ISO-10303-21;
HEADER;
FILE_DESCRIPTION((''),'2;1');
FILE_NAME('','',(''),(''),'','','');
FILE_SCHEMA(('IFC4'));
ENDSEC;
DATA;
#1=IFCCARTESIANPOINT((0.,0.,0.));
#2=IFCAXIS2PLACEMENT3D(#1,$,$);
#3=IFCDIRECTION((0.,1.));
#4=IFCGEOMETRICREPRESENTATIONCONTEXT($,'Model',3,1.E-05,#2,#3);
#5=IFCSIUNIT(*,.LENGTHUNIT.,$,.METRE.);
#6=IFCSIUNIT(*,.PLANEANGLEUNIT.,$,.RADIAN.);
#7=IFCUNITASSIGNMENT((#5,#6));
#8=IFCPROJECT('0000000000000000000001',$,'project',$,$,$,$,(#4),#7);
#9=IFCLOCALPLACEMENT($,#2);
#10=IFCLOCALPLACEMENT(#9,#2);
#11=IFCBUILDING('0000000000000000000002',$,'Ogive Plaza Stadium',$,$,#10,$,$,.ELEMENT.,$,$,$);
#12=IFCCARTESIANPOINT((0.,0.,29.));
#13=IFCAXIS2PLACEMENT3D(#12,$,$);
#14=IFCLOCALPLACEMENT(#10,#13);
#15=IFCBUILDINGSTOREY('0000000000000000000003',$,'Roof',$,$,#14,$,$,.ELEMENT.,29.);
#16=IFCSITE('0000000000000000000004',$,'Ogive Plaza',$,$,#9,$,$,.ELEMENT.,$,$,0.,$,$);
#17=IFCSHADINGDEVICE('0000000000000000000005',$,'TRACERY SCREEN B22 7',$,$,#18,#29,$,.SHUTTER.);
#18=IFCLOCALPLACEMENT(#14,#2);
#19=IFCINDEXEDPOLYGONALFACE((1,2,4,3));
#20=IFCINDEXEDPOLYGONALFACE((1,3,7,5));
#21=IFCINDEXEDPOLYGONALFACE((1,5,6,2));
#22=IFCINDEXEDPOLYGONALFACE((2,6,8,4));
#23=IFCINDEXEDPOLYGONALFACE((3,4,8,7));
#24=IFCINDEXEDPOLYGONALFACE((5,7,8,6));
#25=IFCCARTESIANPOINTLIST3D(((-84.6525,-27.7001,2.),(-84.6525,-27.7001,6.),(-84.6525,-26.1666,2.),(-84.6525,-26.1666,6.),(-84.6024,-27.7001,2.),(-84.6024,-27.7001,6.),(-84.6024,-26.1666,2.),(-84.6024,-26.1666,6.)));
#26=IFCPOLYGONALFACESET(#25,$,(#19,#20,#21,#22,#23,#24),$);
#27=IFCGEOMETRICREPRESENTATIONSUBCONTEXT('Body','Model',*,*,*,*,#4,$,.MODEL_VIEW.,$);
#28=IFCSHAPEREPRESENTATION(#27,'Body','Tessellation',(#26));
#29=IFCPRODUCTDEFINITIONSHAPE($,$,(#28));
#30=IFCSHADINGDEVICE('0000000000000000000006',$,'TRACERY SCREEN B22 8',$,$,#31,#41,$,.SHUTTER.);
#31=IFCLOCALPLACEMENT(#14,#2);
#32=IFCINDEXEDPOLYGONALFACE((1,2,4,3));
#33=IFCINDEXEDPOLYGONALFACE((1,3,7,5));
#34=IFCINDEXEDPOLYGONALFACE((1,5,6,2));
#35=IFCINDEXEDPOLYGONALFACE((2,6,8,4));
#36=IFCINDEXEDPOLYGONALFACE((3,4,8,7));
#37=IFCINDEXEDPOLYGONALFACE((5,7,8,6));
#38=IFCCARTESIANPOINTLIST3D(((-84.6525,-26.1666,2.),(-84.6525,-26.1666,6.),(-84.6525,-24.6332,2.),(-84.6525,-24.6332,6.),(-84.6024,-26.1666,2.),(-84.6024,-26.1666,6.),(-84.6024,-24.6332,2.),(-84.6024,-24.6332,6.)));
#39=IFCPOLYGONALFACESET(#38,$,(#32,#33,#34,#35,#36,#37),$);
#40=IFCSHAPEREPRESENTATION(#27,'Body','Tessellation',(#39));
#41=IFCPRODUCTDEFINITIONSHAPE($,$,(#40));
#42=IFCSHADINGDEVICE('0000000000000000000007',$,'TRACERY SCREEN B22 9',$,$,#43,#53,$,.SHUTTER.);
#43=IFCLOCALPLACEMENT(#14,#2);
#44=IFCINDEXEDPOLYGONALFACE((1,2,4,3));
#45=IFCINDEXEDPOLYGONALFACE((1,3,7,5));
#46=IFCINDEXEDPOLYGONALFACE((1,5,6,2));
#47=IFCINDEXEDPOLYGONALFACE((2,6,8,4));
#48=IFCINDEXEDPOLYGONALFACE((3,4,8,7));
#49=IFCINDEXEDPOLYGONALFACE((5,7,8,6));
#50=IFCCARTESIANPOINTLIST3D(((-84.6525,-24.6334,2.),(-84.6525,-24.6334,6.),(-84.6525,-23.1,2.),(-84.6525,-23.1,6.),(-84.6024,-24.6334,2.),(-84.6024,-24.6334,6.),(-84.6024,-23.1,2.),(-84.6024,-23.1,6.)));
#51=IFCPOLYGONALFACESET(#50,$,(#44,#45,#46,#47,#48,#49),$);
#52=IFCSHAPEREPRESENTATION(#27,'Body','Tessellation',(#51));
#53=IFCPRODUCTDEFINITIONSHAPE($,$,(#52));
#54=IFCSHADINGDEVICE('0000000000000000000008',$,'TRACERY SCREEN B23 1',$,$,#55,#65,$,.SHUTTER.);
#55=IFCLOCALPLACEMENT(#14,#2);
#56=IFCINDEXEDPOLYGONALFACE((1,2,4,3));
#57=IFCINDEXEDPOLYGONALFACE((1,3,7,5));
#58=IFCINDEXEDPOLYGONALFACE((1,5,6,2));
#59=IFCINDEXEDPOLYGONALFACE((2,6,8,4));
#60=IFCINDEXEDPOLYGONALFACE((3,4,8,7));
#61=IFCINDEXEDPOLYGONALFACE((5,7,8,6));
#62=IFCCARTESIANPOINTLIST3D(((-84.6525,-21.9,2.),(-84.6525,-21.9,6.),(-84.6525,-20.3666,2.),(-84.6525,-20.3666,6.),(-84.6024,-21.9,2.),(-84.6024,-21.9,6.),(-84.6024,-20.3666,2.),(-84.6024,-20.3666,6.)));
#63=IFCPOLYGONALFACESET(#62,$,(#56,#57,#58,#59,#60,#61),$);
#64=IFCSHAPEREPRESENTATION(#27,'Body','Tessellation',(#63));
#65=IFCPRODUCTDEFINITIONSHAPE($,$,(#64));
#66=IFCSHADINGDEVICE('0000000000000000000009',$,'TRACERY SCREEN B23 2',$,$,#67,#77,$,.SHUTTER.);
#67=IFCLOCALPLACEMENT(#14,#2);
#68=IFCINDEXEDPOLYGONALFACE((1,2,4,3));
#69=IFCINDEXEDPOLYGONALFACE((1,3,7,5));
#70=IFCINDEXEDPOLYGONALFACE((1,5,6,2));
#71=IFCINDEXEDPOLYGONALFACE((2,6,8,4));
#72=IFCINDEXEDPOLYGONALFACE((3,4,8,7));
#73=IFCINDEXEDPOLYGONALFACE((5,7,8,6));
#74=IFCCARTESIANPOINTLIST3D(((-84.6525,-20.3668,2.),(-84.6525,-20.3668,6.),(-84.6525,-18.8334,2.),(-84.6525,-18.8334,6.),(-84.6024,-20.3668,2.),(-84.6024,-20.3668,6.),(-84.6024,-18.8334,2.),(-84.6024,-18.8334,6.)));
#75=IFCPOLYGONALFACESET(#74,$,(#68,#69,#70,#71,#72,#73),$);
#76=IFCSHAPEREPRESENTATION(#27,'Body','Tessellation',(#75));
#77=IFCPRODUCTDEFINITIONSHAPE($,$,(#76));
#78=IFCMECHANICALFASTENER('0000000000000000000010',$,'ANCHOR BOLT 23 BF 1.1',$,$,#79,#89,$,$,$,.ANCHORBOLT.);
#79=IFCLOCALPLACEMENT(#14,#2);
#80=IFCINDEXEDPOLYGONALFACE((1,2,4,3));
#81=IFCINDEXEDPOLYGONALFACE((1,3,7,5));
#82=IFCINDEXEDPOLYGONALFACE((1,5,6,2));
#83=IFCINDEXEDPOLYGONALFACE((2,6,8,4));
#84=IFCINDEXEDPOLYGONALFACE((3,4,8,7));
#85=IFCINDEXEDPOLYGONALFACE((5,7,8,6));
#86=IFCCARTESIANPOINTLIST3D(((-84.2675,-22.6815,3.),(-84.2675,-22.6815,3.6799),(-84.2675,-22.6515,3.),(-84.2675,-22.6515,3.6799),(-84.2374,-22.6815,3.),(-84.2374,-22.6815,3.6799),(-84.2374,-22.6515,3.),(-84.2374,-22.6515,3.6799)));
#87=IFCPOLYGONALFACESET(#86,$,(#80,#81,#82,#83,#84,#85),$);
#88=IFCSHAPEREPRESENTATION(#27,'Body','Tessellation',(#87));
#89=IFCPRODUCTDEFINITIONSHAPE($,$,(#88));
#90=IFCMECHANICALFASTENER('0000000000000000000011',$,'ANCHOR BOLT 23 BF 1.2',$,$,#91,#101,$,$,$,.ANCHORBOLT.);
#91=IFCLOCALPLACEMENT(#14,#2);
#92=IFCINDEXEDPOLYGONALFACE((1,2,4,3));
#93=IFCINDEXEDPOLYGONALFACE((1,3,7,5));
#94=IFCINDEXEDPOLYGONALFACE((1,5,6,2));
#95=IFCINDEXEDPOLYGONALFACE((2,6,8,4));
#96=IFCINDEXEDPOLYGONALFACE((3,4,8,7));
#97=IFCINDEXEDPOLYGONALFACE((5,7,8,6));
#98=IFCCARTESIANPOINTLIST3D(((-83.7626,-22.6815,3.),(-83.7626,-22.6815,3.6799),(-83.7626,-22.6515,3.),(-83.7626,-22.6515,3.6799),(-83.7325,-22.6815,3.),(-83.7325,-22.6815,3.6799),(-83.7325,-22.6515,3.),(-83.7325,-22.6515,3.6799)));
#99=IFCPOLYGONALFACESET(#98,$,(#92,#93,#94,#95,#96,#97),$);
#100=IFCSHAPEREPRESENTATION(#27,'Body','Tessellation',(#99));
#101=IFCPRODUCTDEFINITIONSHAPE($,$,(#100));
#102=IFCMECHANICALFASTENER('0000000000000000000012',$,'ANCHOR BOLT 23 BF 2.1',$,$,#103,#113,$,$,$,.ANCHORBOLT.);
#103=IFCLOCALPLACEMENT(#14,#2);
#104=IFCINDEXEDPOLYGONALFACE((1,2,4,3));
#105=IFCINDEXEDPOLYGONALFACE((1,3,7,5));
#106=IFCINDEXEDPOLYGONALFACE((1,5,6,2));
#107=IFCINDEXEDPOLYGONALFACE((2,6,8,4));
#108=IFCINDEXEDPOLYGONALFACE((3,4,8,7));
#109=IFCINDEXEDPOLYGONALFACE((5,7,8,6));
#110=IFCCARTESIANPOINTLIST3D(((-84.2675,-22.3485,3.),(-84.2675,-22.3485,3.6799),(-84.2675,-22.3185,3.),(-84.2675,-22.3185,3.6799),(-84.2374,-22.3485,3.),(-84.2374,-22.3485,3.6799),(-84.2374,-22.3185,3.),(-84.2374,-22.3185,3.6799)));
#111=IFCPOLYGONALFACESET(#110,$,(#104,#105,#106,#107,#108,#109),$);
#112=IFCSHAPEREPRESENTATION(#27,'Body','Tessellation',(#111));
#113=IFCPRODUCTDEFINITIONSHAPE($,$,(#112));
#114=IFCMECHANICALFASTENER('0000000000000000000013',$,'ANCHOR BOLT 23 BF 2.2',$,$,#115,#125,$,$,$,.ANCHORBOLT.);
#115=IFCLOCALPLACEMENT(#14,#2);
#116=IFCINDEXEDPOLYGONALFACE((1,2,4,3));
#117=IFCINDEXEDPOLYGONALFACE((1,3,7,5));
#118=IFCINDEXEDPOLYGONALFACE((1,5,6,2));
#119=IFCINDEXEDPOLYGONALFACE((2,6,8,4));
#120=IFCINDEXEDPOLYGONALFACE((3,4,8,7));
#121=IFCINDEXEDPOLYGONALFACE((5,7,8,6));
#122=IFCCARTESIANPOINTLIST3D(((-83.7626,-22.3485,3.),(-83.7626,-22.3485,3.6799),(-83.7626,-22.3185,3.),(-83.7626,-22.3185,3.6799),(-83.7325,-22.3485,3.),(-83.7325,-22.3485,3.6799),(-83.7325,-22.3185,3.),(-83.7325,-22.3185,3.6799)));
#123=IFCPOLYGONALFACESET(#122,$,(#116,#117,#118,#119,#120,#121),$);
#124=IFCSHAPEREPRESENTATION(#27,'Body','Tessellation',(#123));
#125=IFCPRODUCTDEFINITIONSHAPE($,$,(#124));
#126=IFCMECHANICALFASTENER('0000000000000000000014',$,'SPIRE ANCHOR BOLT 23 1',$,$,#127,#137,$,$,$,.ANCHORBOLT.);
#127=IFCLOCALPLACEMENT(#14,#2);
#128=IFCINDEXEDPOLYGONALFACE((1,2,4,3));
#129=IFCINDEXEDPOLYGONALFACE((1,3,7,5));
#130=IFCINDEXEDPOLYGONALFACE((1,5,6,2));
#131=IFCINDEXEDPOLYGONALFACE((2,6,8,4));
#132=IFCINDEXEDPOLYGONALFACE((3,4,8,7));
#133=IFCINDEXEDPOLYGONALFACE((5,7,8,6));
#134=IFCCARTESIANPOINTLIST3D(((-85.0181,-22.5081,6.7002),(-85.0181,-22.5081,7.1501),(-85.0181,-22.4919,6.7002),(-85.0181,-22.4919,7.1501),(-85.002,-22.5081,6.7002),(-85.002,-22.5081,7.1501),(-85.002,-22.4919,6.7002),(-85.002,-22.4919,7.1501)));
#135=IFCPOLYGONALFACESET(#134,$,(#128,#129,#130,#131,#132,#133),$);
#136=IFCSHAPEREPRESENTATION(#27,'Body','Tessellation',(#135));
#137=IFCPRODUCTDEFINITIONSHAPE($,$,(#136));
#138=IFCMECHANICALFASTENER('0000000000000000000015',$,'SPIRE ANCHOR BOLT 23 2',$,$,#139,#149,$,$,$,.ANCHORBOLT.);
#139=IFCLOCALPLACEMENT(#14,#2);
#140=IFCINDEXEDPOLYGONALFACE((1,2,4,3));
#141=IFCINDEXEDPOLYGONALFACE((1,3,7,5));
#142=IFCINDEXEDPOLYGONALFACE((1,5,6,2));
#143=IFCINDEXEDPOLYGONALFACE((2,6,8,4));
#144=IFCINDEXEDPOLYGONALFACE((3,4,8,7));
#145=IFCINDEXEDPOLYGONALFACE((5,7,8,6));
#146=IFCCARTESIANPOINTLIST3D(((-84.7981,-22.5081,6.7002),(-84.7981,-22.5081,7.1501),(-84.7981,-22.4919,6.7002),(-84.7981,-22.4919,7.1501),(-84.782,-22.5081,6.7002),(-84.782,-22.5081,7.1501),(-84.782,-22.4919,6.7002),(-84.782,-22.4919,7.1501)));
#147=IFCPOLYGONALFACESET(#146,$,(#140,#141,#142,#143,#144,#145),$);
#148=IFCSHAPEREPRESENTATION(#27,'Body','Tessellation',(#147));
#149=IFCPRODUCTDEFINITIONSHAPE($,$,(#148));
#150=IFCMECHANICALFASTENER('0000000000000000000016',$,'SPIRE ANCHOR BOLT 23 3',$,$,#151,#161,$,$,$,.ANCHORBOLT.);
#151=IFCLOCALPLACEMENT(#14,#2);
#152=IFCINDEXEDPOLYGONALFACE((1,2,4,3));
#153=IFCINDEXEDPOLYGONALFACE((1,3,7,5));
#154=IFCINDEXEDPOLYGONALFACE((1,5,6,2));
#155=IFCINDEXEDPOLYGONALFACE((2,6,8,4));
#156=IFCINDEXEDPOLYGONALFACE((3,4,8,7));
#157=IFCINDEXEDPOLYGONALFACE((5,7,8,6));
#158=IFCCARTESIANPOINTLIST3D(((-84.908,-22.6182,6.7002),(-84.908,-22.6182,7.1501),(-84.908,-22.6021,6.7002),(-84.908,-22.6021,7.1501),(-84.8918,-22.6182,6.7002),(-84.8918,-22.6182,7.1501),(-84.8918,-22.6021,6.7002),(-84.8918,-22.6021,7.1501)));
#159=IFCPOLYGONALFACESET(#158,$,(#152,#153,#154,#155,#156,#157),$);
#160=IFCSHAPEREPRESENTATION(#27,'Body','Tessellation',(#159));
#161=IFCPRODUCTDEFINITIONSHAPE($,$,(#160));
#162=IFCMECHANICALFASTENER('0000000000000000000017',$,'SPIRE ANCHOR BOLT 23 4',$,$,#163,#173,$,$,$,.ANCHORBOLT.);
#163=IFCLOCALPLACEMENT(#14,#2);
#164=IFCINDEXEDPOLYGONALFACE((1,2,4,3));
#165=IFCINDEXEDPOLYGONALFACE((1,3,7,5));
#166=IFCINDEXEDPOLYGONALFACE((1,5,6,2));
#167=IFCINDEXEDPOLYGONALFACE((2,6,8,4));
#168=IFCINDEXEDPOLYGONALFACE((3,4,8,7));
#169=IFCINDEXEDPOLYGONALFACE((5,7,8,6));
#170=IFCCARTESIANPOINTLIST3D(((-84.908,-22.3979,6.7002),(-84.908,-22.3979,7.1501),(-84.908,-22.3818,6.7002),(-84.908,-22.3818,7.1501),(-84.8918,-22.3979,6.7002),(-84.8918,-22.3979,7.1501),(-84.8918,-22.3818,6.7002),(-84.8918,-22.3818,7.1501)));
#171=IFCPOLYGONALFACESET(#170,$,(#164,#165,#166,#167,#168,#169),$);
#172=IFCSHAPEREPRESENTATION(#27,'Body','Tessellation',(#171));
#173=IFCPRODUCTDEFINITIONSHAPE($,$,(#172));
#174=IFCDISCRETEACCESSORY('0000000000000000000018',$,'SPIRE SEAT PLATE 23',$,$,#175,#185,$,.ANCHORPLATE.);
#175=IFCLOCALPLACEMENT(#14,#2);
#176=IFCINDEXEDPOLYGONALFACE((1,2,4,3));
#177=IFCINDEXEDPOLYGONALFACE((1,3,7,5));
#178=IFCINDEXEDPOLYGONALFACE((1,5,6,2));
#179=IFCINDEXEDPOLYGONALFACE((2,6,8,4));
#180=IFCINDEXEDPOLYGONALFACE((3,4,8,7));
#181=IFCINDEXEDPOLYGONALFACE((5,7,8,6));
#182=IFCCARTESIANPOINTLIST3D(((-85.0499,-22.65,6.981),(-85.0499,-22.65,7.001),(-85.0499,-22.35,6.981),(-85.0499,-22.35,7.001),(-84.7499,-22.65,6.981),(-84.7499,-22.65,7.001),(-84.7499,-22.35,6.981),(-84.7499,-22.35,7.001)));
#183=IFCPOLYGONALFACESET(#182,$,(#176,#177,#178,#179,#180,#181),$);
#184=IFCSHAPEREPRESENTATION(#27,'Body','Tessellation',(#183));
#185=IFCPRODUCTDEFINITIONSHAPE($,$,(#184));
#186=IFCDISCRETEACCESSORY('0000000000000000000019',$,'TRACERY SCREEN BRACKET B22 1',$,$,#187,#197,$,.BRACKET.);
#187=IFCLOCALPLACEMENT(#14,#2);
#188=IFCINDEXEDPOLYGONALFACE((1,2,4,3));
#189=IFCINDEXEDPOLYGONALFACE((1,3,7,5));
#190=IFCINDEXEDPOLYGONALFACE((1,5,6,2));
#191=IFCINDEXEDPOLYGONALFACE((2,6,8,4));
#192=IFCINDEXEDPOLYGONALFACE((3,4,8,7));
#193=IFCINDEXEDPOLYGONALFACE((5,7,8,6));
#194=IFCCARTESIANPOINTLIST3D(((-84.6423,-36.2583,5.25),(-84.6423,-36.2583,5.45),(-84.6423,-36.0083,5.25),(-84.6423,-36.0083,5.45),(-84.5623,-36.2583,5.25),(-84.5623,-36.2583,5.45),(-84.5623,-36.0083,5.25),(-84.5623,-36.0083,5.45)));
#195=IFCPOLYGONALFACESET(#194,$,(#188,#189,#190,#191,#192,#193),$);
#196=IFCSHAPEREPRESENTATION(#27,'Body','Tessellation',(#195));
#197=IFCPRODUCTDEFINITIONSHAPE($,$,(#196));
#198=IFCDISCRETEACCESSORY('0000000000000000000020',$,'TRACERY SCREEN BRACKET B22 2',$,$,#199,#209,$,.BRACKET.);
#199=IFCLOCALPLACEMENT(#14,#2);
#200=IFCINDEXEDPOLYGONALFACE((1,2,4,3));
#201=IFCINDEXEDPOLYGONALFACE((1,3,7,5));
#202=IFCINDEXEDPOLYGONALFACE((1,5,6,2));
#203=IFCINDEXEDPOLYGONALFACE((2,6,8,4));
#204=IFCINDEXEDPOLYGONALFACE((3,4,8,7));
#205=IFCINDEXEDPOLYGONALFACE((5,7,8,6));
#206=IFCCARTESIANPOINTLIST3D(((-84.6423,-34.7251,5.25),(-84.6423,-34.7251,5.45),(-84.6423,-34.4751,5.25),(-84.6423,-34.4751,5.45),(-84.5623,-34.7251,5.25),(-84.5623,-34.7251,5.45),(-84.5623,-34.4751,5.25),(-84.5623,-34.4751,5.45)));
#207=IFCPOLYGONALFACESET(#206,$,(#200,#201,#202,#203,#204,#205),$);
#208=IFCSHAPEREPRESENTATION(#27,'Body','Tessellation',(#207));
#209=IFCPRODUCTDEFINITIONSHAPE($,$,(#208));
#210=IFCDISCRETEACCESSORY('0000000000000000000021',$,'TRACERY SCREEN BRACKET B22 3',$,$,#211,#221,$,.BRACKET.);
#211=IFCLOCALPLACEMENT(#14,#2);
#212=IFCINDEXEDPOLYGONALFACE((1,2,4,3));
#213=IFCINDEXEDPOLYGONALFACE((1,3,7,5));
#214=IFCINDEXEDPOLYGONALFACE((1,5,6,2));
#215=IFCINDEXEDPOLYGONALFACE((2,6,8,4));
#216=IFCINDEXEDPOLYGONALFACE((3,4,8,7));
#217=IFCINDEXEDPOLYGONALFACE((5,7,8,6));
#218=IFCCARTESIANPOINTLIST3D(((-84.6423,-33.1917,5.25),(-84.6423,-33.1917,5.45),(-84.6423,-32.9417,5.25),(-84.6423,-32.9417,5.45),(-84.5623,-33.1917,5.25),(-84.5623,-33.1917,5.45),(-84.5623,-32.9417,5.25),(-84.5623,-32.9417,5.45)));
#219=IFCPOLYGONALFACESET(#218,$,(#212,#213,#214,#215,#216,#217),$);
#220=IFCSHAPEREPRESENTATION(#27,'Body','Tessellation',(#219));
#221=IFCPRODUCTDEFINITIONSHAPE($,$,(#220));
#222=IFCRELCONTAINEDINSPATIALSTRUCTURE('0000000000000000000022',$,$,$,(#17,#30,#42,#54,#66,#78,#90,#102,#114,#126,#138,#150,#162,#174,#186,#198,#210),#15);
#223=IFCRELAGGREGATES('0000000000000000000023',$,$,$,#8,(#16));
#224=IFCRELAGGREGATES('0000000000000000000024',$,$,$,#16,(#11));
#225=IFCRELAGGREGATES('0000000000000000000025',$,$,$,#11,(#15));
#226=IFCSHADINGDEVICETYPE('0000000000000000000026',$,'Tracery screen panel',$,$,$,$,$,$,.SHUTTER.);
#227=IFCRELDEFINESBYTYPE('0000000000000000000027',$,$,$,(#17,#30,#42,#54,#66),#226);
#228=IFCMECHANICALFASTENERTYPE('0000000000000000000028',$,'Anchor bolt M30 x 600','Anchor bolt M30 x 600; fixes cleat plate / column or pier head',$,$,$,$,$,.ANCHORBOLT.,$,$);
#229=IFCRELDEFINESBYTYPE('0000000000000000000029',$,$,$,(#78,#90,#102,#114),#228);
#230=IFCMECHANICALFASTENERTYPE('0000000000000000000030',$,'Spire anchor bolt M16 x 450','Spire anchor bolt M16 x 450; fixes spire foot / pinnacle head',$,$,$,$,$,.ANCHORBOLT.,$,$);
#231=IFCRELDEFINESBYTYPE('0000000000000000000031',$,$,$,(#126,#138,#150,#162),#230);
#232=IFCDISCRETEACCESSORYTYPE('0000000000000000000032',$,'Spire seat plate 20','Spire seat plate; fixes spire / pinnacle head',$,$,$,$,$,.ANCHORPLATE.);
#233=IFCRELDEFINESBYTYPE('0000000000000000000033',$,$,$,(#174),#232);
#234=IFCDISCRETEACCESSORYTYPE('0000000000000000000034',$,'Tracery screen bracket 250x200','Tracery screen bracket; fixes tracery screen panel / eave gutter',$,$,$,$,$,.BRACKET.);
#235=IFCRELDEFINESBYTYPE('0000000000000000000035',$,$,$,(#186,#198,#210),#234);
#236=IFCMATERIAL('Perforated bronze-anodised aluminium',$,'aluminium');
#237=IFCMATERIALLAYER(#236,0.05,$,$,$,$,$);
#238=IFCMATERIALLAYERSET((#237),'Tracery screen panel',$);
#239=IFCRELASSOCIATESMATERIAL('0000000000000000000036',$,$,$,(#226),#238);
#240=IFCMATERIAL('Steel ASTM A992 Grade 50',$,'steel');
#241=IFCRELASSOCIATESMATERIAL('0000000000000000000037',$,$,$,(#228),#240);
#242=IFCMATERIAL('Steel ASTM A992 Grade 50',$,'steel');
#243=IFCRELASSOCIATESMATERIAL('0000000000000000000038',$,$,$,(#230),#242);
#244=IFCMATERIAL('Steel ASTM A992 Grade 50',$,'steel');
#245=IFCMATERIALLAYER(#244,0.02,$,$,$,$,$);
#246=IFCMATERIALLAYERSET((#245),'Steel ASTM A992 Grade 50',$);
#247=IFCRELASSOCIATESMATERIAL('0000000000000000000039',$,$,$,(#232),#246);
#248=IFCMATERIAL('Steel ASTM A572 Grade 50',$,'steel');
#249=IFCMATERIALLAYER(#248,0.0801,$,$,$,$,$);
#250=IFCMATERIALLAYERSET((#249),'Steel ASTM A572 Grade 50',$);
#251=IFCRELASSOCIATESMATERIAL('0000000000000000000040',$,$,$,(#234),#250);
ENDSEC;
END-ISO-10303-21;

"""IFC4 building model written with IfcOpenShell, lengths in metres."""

from ifc_helpers import new_model, si_unit, direction, frame, origin, origin_2d, place, context, subcontext, project, spatial, rectangle, extrude, material, layer, layer_set, type_object, element, save


model = new_model("IFC4")

# Units and contexts
model_context = context("Model", 3, precision=1e-05, world=origin(), true_north=direction((0.0, 1.0)))
body_context = subcontext(model_context, "Body", "Model", "MODEL_VIEW")
ifc_project = project(units=[si_unit("LENGTHUNIT", "METRE"), si_unit("PLANEANGLEUNIT", "RADIAN")], contexts=[model_context])

# Site, building, storey
site_placement = place(None, origin())
site = spatial("IfcSite", under=ifc_project, at=site_placement, Name="Ogive Plaza", CompositionType="ELEMENT", RefElevation=0.0)
building_placement = place(site_placement, origin())
building = spatial("IfcBuilding", under=site, at=building_placement, Name="Ogive Plaza Stadium", CompositionType="ELEMENT")
storey_placement = place(building_placement, frame((0.0, 0.0, 29.0)))
storey = spatial("IfcBuildingStorey", under=building, at=storey_placement, Name="Roof", CompositionType="ELEMENT", Elevation=29.0)

# Shading devices
ifc_material_1 = material(Name="Perforated bronze-anodised aluminium", Category="aluminium")
ifc_layer_1 = layer(ifc_material_1, 0.05)
ifc_layer_set_1 = layer_set([ifc_layer_1], Name="Tracery screen panel")
shading_device_type = type_object("IfcShadingDeviceType", Name="Tracery screen panel", PredefinedType="SHUTTER", material=ifc_layer_set_1)
for number, where, z_axis, x_axis, name in (
    (1, (-84.6274, -26.9333, 2.0), (0.0, 0.0, 1.0), (0.0, 1.0, 0.0), "TRACERY SCREEN B22 7"),
    (2, (-84.6274, -25.3999, 2.0), (0.0, 0.0, 1.0), (0.0, 1.0, 0.0), "TRACERY SCREEN B22 8"),
    (3, (-84.6274, -23.8667, 2.0), (0.0, 0.0, 1.0), (0.0, 1.0, 0.0), "TRACERY SCREEN B22 9"),
    (4, (-84.6274, -21.1333, 2.0), (0.0, 0.0, 1.0), (0.0, 1.0, 0.0), "TRACERY SCREEN B23 1"),
    (5, (-84.6274, -19.6001, 2.0), (0.0, 0.0, 1.0), (0.0, 1.0, 0.0), "TRACERY SCREEN B23 2"),
):
    element("IfcShadingDevice", number, at=place(storey_placement, frame(where, z_axis=z_axis, x_axis=x_axis)), inside=storey, type_object=shading_device_type, Name=name, PredefinedType="SHUTTER", context=body_context, shape_type="SweptSolid", body=[
        extrude(rectangle(XDim=1.5334, YDim=0.05, at=origin_2d()), origin(), (0.0, 0.0, 1.0), 4.0),
    ])

# Mechanical fasteners
ifc_material_2 = material(Name="Steel ASTM A992 Grade 50", Category="steel")
mechanical_fastener_type_1 = type_object("IfcMechanicalFastenerType", Name="Anchor bolt M30 x 600", Description="Anchor bolt M30 x 600; fixes cleat plate / column or pier head", PredefinedType="ANCHORBOLT", material=ifc_material_2)
for number, where, z_axis, x_axis, name in (
    (6, (-84.2524, -22.6665, 3.0), (0.0, 0.0, 1.0), (-1.0, 0.0, 0.0), "ANCHOR BOLT 23 BF 1.1"),
    (7, (-83.7476, -22.6665, 3.0), (0.0, 0.0, 1.0), (-1.0, 0.0, 0.0), "ANCHOR BOLT 23 BF 1.2"),
    (8, (-84.2524, -22.3335, 3.0), (0.0, 0.0, 1.0), (-1.0, 0.0, 0.0), "ANCHOR BOLT 23 BF 2.1"),
    (9, (-83.7476, -22.3335, 3.0), (0.0, 0.0, 1.0), (-1.0, 0.0, 0.0), "ANCHOR BOLT 23 BF 2.2"),
):
    element("IfcMechanicalFastener", number, at=place(storey_placement, frame(where, z_axis=z_axis, x_axis=x_axis)), inside=storey, type_object=mechanical_fastener_type_1, Name=name, PredefinedType="ANCHORBOLT", context=body_context, shape_type="SweptSolid", body=[
        extrude(rectangle(XDim=0.03, YDim=0.03, at=origin_2d()), origin(), (0.0, 0.0, 1.0), 0.6799),
    ])
ifc_material_3 = material(Name="Steel ASTM A992 Grade 50", Category="steel")
mechanical_fastener_type_2 = type_object("IfcMechanicalFastenerType", Name="Spire anchor bolt M16 x 450", Description="Spire anchor bolt M16 x 450; fixes spire foot / pinnacle head", PredefinedType="ANCHORBOLT", material=ifc_material_3)
for number, where, z_axis, x_axis, name in (
    (10, (-85.01, -22.5, 6.7002), (0.0, 0.0, 1.0), (-1.0, 0.0, 0.0), "SPIRE ANCHOR BOLT 23 1"),
    (11, (-84.79, -22.5, 6.7002), (0.0, 0.0, 1.0), (-1.0, 0.0, 0.0), "SPIRE ANCHOR BOLT 23 2"),
    (12, (-84.8999, -22.6101, 6.7002), (0.0, 0.0, 1.0), (-1.0, 0.0, 0.0), "SPIRE ANCHOR BOLT 23 3"),
    (13, (-84.8999, -22.3899, 6.7002), (0.0, 0.0, 1.0), (-1.0, 0.0, 0.0), "SPIRE ANCHOR BOLT 23 4"),
):
    element("IfcMechanicalFastener", number, at=place(storey_placement, frame(where, z_axis=z_axis, x_axis=x_axis)), inside=storey, type_object=mechanical_fastener_type_2, Name=name, PredefinedType="ANCHORBOLT", context=body_context, shape_type="SweptSolid", body=[
        extrude(rectangle(XDim=0.0161, YDim=0.0161, at=origin_2d()), origin(), (0.0, 0.0, 1.0), 0.45),
    ])

# Discrete accessories
ifc_material_4 = material(Name="Steel ASTM A992 Grade 50", Category="steel")
ifc_layer_2 = layer(ifc_material_4, 0.02)
ifc_layer_set_2 = layer_set([ifc_layer_2], Name="Steel ASTM A992 Grade 50")
discrete_accessory_type_1 = type_object("IfcDiscreteAccessoryType", Name="Spire seat plate 20", Description="Spire seat plate; fixes spire / pinnacle head", PredefinedType="ANCHORPLATE", material=ifc_layer_set_2)
discrete_accessory_placement = place(storey_placement, frame((-84.8999, -22.5, 6.981), z_axis=(0.0, 0.0, 1.0), x_axis=(-1.0, 0.0, 0.0)))
element("IfcDiscreteAccessory", 14, at=discrete_accessory_placement, inside=storey, type_object=discrete_accessory_type_1, Name="SPIRE SEAT PLATE 23", PredefinedType="ANCHORPLATE", context=body_context, shape_type="SweptSolid", body=[
    extrude(rectangle(XDim=0.3, YDim=0.3, at=origin_2d()), origin(), (0.0, 0.0, 1.0), 0.02),
])
ifc_material_5 = material(Name="Steel ASTM A572 Grade 50", Category="steel")
ifc_layer_3 = layer(ifc_material_5, 0.0801)
ifc_layer_set_3 = layer_set([ifc_layer_3], Name="Steel ASTM A572 Grade 50")
discrete_accessory_type_2 = type_object("IfcDiscreteAccessoryType", Name="Tracery screen bracket 250x200", Description="Tracery screen bracket; fixes tracery screen panel / eave gutter", PredefinedType="BRACKET", material=ifc_layer_set_3)
for number, where, z_axis, x_axis, name in (
    (15, (-84.6023, -36.1333, 5.25), (0.0, 0.0, 1.0), (0.0, 1.0, 0.0), "TRACERY SCREEN BRACKET B22 1"),
    (16, (-84.6023, -34.6001, 5.25), (0.0, 0.0, 1.0), (0.0, 1.0, 0.0), "TRACERY SCREEN BRACKET B22 2"),
    (17, (-84.6023, -33.0667, 5.25), (0.0, 0.0, 1.0), (0.0, 1.0, 0.0), "TRACERY SCREEN BRACKET B22 3"),
):
    element("IfcDiscreteAccessory", number, at=place(storey_placement, frame(where, z_axis=z_axis, x_axis=x_axis)), inside=storey, type_object=discrete_accessory_type_2, Name=name, PredefinedType="BRACKET", context=body_context, shape_type="SweptSolid", body=[
        extrude(rectangle(XDim=0.25, YDim=0.0801, at=origin_2d()), origin(), (0.0, 0.0, 1.0), 0.2),
    ])

save(model, "model.ifc")
